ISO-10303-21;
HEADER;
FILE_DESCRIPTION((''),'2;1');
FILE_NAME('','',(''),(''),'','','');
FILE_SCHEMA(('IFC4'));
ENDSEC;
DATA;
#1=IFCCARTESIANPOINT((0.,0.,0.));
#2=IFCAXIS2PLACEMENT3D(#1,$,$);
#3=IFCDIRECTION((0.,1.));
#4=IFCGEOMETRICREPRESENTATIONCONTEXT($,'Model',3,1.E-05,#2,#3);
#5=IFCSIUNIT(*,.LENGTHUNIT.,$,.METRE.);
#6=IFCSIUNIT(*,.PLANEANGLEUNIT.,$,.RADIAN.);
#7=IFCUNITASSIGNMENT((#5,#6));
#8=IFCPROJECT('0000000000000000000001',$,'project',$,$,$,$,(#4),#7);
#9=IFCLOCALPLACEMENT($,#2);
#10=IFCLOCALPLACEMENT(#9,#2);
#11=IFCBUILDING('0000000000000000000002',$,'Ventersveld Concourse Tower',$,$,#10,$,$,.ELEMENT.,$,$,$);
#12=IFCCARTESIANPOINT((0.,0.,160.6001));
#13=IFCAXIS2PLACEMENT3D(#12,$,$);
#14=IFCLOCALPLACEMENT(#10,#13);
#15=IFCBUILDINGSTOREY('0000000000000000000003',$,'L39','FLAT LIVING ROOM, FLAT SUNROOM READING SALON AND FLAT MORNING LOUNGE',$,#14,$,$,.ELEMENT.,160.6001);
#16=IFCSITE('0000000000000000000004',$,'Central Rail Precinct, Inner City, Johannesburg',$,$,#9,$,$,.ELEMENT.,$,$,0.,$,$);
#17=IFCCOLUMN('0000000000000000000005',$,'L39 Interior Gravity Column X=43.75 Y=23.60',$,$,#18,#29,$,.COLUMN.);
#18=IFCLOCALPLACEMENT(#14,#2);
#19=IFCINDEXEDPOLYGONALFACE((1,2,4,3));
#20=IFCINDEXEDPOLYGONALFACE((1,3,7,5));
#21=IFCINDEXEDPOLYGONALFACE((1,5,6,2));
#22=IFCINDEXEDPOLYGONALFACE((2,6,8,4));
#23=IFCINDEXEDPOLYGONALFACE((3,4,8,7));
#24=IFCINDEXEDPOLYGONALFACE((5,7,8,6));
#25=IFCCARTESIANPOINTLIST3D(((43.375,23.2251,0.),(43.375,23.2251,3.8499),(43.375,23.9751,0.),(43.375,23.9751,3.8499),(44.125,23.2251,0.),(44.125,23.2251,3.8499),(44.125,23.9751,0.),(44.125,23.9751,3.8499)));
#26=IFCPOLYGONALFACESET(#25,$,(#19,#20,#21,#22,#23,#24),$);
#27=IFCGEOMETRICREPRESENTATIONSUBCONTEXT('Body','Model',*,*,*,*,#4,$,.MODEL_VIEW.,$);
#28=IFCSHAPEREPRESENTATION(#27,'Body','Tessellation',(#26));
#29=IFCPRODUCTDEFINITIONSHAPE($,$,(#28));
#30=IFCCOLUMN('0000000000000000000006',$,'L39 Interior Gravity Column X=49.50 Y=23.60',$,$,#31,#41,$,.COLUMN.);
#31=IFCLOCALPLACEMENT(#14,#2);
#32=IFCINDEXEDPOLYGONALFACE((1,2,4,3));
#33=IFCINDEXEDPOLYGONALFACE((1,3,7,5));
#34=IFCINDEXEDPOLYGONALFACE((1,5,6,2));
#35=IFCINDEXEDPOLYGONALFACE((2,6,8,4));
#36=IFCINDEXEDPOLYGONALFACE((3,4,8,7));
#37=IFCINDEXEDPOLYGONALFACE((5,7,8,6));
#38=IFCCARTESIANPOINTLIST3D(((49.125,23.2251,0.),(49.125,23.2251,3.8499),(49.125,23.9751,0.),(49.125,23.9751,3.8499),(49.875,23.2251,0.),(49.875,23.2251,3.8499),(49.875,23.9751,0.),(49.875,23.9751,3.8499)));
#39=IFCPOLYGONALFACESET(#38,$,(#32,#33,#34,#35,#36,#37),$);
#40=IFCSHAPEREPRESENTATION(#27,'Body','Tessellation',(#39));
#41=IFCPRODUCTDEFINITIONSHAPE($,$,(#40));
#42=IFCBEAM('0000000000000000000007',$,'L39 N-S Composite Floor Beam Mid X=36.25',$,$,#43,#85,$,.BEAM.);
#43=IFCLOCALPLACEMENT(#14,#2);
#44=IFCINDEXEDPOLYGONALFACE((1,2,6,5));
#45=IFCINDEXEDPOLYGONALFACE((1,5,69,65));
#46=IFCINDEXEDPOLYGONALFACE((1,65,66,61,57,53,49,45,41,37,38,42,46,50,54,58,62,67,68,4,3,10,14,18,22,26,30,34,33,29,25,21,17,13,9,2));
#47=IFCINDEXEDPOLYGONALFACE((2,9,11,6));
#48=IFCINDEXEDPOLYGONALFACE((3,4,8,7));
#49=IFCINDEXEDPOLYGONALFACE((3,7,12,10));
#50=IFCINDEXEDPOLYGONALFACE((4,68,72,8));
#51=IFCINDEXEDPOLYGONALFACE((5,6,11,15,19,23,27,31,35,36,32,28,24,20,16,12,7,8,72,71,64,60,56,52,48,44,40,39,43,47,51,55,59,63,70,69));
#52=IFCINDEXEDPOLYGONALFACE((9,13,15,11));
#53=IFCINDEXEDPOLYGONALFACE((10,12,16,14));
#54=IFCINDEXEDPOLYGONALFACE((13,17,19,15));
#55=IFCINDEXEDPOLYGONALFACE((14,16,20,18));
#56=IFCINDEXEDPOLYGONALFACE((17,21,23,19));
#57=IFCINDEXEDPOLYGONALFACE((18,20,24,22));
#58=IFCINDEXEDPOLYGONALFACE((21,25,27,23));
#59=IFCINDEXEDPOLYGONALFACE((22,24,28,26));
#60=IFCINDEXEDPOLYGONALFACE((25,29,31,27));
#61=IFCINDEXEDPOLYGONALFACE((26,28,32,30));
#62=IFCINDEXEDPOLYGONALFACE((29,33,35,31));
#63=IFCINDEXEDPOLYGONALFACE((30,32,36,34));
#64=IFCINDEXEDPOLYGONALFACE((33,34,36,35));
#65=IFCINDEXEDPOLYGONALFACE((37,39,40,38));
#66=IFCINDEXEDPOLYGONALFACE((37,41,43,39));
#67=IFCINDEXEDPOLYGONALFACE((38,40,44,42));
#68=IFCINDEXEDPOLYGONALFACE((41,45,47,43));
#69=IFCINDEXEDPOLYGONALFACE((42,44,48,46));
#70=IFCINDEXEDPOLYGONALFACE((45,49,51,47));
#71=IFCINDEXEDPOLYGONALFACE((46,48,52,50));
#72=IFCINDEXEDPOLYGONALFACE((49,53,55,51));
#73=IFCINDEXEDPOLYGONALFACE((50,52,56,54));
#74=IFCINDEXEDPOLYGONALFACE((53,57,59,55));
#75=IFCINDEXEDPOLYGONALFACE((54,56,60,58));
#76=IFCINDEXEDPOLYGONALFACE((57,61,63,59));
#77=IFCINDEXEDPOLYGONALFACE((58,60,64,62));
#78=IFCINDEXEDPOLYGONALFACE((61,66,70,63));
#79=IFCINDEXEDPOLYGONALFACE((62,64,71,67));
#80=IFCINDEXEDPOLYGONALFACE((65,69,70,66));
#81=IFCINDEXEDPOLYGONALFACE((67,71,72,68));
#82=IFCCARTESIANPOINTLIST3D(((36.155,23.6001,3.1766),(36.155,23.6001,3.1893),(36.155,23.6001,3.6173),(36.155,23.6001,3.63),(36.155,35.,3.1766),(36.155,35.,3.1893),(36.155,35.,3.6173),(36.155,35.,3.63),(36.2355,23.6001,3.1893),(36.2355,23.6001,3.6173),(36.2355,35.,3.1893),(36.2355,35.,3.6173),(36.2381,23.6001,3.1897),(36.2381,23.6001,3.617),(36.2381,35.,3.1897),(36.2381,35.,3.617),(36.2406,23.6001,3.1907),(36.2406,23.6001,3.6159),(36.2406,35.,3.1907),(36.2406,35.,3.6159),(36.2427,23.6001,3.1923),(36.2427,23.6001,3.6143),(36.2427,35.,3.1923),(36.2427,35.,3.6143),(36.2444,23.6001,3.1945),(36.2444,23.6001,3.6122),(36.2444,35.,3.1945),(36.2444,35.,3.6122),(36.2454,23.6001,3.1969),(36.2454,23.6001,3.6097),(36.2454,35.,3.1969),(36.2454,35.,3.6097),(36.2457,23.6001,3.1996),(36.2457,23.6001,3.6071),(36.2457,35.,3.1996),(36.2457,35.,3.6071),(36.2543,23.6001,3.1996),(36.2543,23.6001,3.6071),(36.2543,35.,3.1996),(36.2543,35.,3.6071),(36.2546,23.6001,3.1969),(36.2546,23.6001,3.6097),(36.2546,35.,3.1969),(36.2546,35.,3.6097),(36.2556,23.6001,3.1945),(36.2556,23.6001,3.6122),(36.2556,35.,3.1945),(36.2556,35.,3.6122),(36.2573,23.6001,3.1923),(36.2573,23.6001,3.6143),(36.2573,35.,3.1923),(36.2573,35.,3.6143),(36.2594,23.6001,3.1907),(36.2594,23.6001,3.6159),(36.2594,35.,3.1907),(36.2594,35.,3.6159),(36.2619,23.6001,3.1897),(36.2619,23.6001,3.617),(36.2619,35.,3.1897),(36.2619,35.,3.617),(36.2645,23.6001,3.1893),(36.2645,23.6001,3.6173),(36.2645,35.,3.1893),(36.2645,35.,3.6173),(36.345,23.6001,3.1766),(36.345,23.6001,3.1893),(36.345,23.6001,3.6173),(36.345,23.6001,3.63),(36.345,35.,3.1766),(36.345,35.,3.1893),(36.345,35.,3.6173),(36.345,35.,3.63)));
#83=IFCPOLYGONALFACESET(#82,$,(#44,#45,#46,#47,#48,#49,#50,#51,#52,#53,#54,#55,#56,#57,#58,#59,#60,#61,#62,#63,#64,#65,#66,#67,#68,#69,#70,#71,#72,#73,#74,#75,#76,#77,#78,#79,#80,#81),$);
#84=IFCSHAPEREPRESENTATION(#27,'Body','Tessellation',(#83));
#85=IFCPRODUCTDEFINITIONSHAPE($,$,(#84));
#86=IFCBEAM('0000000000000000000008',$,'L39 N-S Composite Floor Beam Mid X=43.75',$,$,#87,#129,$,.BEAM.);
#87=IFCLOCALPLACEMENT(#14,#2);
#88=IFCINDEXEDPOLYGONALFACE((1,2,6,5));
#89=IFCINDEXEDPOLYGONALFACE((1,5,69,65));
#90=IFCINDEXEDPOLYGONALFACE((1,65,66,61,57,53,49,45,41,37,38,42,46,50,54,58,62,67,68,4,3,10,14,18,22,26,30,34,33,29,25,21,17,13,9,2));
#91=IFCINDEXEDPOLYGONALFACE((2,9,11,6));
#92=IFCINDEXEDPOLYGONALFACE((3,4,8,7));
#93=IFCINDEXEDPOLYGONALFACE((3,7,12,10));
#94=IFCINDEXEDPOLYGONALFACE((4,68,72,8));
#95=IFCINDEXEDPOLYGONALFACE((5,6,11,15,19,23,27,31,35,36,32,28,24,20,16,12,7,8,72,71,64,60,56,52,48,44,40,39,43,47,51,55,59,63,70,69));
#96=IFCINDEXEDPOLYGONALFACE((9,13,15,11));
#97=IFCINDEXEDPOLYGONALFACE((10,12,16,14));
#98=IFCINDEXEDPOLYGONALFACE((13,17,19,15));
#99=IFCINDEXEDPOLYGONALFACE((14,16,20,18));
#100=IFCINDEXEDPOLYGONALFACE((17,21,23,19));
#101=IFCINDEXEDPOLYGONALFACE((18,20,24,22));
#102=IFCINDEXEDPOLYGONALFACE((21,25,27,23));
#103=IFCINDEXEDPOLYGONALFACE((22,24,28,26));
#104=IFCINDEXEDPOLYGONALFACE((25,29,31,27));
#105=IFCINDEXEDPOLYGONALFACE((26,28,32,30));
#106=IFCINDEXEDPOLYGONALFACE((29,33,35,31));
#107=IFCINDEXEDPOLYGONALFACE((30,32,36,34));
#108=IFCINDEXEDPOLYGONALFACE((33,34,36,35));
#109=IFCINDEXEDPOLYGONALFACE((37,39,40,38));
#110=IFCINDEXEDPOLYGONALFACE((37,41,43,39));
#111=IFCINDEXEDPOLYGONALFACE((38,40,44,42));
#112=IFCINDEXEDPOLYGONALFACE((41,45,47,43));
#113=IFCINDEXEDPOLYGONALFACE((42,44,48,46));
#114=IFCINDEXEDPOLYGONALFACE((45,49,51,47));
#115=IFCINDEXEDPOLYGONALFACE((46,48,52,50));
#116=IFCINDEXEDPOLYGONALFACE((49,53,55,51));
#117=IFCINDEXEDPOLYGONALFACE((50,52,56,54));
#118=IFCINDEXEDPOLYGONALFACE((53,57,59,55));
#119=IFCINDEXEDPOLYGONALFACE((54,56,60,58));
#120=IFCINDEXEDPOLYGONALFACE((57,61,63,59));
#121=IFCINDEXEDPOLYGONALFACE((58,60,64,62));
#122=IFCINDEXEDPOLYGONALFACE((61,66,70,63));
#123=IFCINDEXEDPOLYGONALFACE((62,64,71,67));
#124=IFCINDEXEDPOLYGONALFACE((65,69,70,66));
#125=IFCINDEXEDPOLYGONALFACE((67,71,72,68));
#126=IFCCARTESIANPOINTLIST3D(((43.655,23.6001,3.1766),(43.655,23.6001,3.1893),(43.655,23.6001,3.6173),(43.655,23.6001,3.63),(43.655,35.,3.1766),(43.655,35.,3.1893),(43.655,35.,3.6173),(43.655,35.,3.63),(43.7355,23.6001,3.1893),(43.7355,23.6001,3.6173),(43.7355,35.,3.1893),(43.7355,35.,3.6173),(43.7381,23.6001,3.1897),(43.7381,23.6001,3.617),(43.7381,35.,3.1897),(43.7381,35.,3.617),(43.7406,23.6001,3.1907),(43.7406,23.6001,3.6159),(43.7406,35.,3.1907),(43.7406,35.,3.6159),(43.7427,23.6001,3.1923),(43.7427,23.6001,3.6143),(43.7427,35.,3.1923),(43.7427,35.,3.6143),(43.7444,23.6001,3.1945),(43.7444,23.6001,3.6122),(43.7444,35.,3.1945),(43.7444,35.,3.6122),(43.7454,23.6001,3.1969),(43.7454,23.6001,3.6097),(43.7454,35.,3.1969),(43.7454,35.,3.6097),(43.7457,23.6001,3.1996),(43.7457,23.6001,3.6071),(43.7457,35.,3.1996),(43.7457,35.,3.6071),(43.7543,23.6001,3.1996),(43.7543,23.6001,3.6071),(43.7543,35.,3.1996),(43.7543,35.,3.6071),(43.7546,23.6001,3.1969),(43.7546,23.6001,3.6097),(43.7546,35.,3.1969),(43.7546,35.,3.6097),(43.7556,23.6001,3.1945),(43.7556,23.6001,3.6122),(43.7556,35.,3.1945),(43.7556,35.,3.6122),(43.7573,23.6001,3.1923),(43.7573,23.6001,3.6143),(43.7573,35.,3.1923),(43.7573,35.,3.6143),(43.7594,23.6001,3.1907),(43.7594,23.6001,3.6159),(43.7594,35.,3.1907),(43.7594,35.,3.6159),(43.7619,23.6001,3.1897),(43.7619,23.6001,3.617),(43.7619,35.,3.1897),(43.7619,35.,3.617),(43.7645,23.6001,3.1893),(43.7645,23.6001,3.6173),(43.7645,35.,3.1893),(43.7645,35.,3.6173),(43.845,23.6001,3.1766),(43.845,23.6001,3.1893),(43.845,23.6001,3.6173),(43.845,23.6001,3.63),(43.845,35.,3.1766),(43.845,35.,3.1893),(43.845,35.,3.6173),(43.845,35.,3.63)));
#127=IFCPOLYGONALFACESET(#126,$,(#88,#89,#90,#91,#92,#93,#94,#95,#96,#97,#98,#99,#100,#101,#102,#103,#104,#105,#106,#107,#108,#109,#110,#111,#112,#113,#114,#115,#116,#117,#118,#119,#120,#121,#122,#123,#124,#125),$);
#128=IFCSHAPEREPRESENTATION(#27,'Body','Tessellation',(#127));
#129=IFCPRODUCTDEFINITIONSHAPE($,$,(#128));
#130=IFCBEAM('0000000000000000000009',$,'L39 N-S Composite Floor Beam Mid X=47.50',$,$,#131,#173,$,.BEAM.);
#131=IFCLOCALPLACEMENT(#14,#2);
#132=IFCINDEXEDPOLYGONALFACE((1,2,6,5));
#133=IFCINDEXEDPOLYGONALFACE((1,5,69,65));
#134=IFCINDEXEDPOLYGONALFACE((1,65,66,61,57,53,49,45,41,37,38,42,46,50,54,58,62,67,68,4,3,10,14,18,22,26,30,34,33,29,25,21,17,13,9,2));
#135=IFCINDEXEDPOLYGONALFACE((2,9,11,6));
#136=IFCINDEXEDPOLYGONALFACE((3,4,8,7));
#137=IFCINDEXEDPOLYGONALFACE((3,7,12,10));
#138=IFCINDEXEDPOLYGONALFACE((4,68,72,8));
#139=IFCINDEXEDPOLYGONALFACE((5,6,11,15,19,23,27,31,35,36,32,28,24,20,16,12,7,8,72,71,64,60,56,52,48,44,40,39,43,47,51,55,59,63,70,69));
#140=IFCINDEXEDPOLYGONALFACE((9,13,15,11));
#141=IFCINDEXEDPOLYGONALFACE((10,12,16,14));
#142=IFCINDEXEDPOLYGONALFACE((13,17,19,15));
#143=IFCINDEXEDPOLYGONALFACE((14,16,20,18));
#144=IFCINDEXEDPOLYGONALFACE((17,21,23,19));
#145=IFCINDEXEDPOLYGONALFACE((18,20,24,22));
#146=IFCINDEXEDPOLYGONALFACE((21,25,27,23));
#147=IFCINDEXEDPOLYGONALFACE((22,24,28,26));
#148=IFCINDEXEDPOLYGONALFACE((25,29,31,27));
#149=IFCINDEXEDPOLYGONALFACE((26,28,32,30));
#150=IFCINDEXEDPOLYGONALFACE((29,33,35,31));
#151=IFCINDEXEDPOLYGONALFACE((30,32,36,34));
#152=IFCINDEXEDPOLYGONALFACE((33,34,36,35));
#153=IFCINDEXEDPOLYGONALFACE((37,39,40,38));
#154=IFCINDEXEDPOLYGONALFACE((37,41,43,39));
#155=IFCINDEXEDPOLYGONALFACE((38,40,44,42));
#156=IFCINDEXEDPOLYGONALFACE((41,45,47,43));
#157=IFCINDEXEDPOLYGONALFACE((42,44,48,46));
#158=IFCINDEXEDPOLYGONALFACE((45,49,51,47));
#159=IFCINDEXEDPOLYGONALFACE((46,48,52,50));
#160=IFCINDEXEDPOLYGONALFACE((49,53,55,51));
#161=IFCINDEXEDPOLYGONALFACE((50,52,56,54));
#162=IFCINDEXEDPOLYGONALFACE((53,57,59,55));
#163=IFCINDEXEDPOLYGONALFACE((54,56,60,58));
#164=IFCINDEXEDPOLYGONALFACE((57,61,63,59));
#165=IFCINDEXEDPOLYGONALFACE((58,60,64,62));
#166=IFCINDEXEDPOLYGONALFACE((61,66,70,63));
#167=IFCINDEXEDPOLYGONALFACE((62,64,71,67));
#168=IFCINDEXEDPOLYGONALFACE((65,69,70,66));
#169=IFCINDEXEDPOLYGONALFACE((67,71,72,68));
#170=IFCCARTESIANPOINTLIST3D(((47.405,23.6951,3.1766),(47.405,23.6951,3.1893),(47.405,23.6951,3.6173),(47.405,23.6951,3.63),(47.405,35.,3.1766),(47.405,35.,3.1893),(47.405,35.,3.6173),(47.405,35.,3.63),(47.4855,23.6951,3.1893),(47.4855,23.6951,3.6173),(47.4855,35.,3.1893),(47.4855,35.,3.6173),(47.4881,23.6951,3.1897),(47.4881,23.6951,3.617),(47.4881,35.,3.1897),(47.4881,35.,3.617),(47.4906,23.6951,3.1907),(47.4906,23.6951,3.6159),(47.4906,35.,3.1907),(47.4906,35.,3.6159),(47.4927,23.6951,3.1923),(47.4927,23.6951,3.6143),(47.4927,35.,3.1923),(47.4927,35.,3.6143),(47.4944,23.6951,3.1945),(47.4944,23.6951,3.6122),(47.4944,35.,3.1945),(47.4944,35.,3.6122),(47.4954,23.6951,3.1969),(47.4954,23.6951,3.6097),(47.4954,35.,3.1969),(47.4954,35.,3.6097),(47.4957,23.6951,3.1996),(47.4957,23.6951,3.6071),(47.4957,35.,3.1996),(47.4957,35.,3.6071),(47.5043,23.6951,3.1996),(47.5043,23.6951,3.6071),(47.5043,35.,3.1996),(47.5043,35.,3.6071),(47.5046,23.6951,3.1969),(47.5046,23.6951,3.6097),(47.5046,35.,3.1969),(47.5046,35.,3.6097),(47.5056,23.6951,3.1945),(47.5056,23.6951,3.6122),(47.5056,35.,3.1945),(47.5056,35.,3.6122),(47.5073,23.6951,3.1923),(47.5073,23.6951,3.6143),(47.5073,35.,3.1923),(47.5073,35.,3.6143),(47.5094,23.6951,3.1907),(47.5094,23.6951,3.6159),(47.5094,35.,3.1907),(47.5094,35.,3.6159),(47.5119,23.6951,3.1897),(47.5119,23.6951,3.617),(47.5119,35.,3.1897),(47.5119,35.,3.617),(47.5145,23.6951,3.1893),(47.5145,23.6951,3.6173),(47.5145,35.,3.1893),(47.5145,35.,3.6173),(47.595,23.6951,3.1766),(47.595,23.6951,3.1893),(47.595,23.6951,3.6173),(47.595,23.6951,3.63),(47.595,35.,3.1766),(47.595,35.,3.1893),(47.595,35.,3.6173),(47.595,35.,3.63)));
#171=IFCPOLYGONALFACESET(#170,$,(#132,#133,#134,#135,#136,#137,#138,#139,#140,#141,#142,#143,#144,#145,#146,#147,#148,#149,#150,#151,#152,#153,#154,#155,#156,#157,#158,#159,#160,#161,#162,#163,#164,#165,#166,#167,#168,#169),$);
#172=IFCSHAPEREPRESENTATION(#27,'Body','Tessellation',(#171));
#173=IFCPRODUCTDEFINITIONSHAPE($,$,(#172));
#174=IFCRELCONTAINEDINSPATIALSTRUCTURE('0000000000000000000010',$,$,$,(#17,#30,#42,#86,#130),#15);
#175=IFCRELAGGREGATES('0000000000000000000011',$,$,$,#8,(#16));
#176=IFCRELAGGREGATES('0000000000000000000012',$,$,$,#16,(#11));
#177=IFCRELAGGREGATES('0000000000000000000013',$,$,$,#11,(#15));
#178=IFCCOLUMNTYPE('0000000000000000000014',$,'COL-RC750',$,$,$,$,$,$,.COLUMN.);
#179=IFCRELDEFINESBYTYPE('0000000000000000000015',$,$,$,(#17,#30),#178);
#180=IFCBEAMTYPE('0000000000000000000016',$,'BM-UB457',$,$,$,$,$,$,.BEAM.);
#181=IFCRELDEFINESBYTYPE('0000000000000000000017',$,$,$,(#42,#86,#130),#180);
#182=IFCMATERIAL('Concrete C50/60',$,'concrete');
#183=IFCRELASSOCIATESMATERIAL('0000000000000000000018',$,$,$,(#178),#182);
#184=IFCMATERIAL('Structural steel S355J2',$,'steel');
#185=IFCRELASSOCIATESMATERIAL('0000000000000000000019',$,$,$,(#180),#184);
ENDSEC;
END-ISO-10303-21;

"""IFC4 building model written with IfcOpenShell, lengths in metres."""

from ifc_helpers import new_model, si_unit, direction, frame, origin, origin_2d, place, context, subcontext, project, spatial, rectangle, i_section, extrude, material, material_profile, profile_set, type_object, element, save


model = new_model("IFC4")

# Units and contexts
model_context = context("Model", 3, precision=1e-05, world=origin(), true_north=direction((0.0, 1.0)))
body_context = subcontext(model_context, "Body", "Model", "MODEL_VIEW")
ifc_project = project(units=[si_unit("LENGTHUNIT", "METRE"), si_unit("PLANEANGLEUNIT", "RADIAN")], contexts=[model_context])

# Site, building, storey
site_placement = place(None, origin())
site = spatial("IfcSite", under=ifc_project, at=site_placement, Name="Central Rail Precinct, Inner City, Johannesburg", CompositionType="ELEMENT", RefElevation=0.0)
building_placement = place(site_placement, origin())
building = spatial("IfcBuilding", under=site, at=building_placement, Name="Ventersveld Concourse Tower", CompositionType="ELEMENT")
storey_placement = place(building_placement, frame((0.0, 0.0, 160.6001)))
storey = spatial("IfcBuildingStorey", under=building, at=storey_placement, Name="L39", Description="FLAT LIVING ROOM, FLAT SUNROOM READING SALON AND FLAT MORNING LOUNGE", CompositionType="ELEMENT", Elevation=160.6001)

# Columns
ifc_material_1 = material(Name="Concrete C50/60", Category="concrete")
ifc_material_profile_1 = material_profile(ifc_material_1, rectangle(XDim=0.75, YDim=0.75, at=origin_2d()), Name="RC 750x750")
ifc_profile_set_1 = profile_set([ifc_material_profile_1], Name="Concrete C50/60")
column_type = type_object("IfcColumnType", Name="COL-RC750", PredefinedType="COLUMN", material=ifc_profile_set_1)
for number, where, z_axis, x_axis, name in (
    (1, (43.75, 23.6001, 0.0), (0.0, 0.0, 1.0), (1.0, 0.0, 0.0), "L39 Interior Gravity Column X=43.75 Y=23.60"),
    (2, (49.5, 23.6001, 0.0), (0.0, 0.0, 1.0), (1.0, 0.0, 0.0), "L39 Interior Gravity Column X=49.50 Y=23.60"),
):
    element("IfcColumn", number, at=place(storey_placement, frame(where, z_axis=z_axis, x_axis=x_axis)), inside=storey, type_object=column_type, Name=name, PredefinedType="COLUMN", context=body_context, shape_type="SweptSolid", body=[
        extrude(rectangle(XDim=0.75, YDim=0.75, at=origin_2d()), origin(), (0.0, 0.0, 1.0), 3.8499),
    ])

# Beams
ifc_material_2 = material(Name="Structural steel S355J2", Category="steel")
ifc_material_profile_2 = material_profile(ifc_material_2, i_section(OverallWidth=0.1899, OverallDepth=0.4534, WebThickness=0.0085, FlangeThickness=0.0127, FilletRadius=0.0103, at=origin_2d()), Name="UB 457x191x67")
ifc_profile_set_2 = profile_set([ifc_material_profile_2], Name="Structural steel S355J2")
beam_type_1 = type_object("IfcBeamType", Name="BM-UB457", PredefinedType="BEAM", material=ifc_profile_set_2)
for number, where, z_axis, x_axis, name in (
    (3, (36.25, 23.6001, 3.4033), (0.0, 1.0, 0.0), (-1.0, 0.0, 0.0), "L39 N-S Composite Floor Beam Mid X=36.25"),
    (4, (43.75, 23.6001, 3.4033), (0.0, 1.0, 0.0), (-1.0, 0.0, 0.0), "L39 N-S Composite Floor Beam Mid X=43.75"),
):
    element("IfcBeam", number, at=place(storey_placement, frame(where, z_axis=z_axis, x_axis=x_axis)), inside=storey, type_object=beam_type_1, Name=name, PredefinedType="BEAM", context=body_context, shape_type="SweptSolid", body=[
        extrude(i_section(OverallWidth=0.1899, OverallDepth=0.4534, WebThickness=0.0085, FlangeThickness=0.0127, FilletRadius=0.0103, at=origin_2d()), origin(), (0.0, 0.0, 1.0), 11.3999),
    ])
beam_1_placement = place(storey_placement, frame((47.5, 23.6951, 3.4033), z_axis=(0.0, 1.0, 0.0), x_axis=(-1.0, 0.0, 0.0)))
element("IfcBeam", 5, at=beam_1_placement, inside=storey, type_object=beam_type_1, Name="L39 N-S Composite Floor Beam Mid X=47.50", PredefinedType="BEAM", context=body_context, shape_type="SweptSolid", body=[
    extrude(i_section(OverallWidth=0.1899, OverallDepth=0.4534, WebThickness=0.0085, FlangeThickness=0.0127, FilletRadius=0.0103, at=origin_2d()), origin(), (0.0, 0.0, 1.0), 11.3049),
])

save(model, "model.ifc")
